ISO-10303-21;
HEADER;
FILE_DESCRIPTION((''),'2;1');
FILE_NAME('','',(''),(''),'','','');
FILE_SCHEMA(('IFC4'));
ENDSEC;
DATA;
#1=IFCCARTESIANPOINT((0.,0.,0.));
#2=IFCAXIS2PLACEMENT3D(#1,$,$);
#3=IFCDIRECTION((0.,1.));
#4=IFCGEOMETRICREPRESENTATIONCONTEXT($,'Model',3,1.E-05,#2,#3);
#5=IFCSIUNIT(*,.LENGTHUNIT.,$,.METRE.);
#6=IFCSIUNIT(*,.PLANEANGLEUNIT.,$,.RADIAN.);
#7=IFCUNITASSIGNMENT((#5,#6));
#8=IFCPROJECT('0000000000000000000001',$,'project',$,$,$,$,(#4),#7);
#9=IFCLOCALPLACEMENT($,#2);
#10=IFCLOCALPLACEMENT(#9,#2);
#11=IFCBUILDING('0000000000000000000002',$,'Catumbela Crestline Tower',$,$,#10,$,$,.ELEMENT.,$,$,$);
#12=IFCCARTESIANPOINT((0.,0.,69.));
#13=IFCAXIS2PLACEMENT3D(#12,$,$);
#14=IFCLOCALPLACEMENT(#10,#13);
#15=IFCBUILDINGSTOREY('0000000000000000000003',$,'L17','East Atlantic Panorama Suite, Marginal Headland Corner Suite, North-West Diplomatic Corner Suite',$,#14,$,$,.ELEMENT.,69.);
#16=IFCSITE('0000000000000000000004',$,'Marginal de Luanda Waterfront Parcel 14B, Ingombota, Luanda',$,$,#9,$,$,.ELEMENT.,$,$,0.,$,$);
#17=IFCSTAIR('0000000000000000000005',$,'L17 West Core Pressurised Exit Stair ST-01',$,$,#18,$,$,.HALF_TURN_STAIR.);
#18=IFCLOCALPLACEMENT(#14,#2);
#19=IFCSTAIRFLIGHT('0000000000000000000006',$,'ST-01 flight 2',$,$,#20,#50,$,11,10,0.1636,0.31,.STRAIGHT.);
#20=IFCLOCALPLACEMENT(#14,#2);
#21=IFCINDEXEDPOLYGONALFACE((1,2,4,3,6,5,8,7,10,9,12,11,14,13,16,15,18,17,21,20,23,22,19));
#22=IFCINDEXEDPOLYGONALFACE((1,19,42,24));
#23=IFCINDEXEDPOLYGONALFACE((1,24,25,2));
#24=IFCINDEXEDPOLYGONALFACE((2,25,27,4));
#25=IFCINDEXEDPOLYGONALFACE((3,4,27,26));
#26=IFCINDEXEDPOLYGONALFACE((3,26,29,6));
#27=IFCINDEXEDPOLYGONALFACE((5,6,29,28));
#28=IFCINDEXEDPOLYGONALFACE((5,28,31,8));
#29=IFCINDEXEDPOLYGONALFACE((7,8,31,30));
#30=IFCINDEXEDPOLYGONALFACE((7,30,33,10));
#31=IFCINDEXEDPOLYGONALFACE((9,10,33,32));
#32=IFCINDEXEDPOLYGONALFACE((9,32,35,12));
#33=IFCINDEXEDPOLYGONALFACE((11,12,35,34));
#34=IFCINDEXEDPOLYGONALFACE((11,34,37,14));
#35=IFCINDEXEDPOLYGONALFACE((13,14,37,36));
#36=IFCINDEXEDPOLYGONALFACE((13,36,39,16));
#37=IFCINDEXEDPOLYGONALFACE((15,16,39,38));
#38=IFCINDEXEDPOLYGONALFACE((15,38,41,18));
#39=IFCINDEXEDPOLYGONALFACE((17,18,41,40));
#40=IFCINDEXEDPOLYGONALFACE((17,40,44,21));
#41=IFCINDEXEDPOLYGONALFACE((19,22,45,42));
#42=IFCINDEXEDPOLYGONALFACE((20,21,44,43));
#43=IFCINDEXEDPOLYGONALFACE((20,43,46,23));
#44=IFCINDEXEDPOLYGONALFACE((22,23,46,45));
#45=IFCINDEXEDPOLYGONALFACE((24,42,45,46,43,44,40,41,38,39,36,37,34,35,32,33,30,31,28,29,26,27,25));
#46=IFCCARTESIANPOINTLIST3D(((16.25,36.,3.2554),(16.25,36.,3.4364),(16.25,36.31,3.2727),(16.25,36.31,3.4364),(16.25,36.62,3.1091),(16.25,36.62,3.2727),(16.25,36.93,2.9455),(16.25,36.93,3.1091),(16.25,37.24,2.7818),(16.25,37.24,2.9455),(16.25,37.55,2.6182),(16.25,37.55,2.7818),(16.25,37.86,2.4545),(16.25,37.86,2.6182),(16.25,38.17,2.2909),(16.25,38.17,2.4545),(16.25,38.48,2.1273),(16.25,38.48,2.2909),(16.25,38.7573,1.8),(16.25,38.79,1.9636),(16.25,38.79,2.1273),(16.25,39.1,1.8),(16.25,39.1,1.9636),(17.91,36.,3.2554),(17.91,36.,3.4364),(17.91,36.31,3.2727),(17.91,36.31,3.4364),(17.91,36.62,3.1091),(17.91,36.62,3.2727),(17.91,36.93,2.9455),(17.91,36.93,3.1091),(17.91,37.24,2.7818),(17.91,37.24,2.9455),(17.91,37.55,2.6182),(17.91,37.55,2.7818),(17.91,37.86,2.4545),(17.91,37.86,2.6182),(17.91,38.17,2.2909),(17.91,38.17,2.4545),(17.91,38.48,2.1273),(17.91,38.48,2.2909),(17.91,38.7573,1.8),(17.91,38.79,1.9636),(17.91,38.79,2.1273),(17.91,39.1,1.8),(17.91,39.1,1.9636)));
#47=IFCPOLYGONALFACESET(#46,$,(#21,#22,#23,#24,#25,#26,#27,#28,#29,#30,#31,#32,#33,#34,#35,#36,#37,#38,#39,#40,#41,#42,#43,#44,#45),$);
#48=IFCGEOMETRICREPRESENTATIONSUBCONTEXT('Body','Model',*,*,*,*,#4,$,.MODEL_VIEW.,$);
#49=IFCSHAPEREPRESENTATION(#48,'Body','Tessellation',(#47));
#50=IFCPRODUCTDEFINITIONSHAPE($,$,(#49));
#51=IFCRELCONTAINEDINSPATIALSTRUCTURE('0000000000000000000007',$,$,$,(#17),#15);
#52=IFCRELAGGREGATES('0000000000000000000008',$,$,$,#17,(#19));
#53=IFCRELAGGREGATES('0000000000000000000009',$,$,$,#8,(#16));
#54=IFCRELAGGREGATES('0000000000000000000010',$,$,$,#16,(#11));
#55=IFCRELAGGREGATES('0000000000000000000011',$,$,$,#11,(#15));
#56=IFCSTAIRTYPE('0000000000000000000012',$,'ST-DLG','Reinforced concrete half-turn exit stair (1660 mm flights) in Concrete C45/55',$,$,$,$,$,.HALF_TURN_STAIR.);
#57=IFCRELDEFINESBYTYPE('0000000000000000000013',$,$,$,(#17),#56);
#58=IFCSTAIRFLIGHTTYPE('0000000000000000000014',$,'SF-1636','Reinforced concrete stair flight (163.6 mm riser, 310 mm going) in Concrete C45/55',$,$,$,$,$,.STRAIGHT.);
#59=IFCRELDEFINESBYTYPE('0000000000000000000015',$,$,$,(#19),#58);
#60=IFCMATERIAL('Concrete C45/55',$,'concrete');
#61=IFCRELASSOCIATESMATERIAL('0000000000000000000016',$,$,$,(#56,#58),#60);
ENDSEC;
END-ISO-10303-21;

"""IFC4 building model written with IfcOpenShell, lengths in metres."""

from ifc_helpers import new_model, si_unit, direction, frame, origin, place, context, subcontext, project, spatial, polyline, outline, extrude, material, type_object, element, aggregate, save


model = new_model("IFC4")

# Units and contexts
model_context = context("Model", 3, precision=1e-05, world=origin(), true_north=direction((0.0, 1.0)))
body_context = subcontext(model_context, "Body", "Model", "MODEL_VIEW")
ifc_project = project(units=[si_unit("LENGTHUNIT", "METRE"), si_unit("PLANEANGLEUNIT", "RADIAN")], contexts=[model_context])

# Site, building, storey
site_placement = place(None, origin())
site = spatial("IfcSite", under=ifc_project, at=site_placement, Name="Marginal de Luanda Waterfront Parcel 14B, Ingombota, Luanda", CompositionType="ELEMENT", RefElevation=0.0)
building_placement = place(site_placement, origin())
building = spatial("IfcBuilding", under=site, at=building_placement, Name="Catumbela Crestline Tower", CompositionType="ELEMENT")
storey_placement = place(building_placement, frame((0.0, 0.0, 69.0)))
storey = spatial("IfcBuildingStorey", under=building, at=storey_placement, Name="L17", Description="East Atlantic Panorama Suite, Marginal Headland Corner Suite, North-West Diplomatic Corner Suite", CompositionType="ELEMENT", Elevation=69.0)

# Stair, stair flight
ifc_material_1 = material(Name="Concrete C45/55", Category="concrete")
stair_type = type_object("IfcStairType", Name="ST-DLG", Description="Reinforced concrete half-turn exit stair (1660 mm flights) in Concrete C45/55", PredefinedType="HALF_TURN_STAIR", material=ifc_material_1)
stair_placement = place(storey_placement, origin())
stair = element("IfcStair", 1, at=stair_placement, inside=storey, type_object=stair_type, Name="L17 West Core Pressurised Exit Stair ST-01", PredefinedType="HALF_TURN_STAIR")
stair_flight_type = type_object("IfcStairFlightType", Name="SF-1636", Description="Reinforced concrete stair flight (163.6 mm riser, 310 mm going) in Concrete C45/55", PredefinedType="STRAIGHT", material=ifc_material_1)
stair_flight_placement = place(storey_placement, frame((17.08, 39.1, 1.8), z_axis=(0.0, 0.0, 1.0), x_axis=(0.0, -1.0, 0.0)))
stair_flight = element("IfcStairFlight", 2, at=stair_flight_placement, type_object=stair_flight_type, Name="ST-01 flight 2", NumberOfRisers=11, NumberOfTreads=10, PredefinedType="STRAIGHT", RiserHeight=0.1636, TreadLength=0.31, context=body_context, shape_type="SweptSolid", body=[
    extrude(outline(polyline([(0.0, 0.0), (0.0, 0.1636), (0.31, 0.1636), (0.31, 0.3273), (0.62, 0.3273), (0.62, 0.4909), (0.93, 0.4909), (0.93, 0.6545), (1.24, 0.6545), (1.24, 0.8182), (1.55, 0.8182), (1.55, 0.9818), (1.86, 0.9818), (1.86, 1.1455), (2.17, 1.1455), (2.17, 1.3091), (2.48, 1.3091), (2.48, 1.4727), (2.79, 1.4727), (2.79, 1.6364), (3.1, 1.6364), (3.1, 1.8), (3.1, 1.4554), (0.3427, 0.0), (0.0, 0.0)])), frame((0.0, 0.83, 0.0), z_axis=(0.0, -1.0, 0.0), x_axis=(1.0, 0.0, 0.0)), (0.0, 0.0, 1.0), 1.66),
])
aggregate(stair, [stair_flight])

save(model, "model.ifc")
